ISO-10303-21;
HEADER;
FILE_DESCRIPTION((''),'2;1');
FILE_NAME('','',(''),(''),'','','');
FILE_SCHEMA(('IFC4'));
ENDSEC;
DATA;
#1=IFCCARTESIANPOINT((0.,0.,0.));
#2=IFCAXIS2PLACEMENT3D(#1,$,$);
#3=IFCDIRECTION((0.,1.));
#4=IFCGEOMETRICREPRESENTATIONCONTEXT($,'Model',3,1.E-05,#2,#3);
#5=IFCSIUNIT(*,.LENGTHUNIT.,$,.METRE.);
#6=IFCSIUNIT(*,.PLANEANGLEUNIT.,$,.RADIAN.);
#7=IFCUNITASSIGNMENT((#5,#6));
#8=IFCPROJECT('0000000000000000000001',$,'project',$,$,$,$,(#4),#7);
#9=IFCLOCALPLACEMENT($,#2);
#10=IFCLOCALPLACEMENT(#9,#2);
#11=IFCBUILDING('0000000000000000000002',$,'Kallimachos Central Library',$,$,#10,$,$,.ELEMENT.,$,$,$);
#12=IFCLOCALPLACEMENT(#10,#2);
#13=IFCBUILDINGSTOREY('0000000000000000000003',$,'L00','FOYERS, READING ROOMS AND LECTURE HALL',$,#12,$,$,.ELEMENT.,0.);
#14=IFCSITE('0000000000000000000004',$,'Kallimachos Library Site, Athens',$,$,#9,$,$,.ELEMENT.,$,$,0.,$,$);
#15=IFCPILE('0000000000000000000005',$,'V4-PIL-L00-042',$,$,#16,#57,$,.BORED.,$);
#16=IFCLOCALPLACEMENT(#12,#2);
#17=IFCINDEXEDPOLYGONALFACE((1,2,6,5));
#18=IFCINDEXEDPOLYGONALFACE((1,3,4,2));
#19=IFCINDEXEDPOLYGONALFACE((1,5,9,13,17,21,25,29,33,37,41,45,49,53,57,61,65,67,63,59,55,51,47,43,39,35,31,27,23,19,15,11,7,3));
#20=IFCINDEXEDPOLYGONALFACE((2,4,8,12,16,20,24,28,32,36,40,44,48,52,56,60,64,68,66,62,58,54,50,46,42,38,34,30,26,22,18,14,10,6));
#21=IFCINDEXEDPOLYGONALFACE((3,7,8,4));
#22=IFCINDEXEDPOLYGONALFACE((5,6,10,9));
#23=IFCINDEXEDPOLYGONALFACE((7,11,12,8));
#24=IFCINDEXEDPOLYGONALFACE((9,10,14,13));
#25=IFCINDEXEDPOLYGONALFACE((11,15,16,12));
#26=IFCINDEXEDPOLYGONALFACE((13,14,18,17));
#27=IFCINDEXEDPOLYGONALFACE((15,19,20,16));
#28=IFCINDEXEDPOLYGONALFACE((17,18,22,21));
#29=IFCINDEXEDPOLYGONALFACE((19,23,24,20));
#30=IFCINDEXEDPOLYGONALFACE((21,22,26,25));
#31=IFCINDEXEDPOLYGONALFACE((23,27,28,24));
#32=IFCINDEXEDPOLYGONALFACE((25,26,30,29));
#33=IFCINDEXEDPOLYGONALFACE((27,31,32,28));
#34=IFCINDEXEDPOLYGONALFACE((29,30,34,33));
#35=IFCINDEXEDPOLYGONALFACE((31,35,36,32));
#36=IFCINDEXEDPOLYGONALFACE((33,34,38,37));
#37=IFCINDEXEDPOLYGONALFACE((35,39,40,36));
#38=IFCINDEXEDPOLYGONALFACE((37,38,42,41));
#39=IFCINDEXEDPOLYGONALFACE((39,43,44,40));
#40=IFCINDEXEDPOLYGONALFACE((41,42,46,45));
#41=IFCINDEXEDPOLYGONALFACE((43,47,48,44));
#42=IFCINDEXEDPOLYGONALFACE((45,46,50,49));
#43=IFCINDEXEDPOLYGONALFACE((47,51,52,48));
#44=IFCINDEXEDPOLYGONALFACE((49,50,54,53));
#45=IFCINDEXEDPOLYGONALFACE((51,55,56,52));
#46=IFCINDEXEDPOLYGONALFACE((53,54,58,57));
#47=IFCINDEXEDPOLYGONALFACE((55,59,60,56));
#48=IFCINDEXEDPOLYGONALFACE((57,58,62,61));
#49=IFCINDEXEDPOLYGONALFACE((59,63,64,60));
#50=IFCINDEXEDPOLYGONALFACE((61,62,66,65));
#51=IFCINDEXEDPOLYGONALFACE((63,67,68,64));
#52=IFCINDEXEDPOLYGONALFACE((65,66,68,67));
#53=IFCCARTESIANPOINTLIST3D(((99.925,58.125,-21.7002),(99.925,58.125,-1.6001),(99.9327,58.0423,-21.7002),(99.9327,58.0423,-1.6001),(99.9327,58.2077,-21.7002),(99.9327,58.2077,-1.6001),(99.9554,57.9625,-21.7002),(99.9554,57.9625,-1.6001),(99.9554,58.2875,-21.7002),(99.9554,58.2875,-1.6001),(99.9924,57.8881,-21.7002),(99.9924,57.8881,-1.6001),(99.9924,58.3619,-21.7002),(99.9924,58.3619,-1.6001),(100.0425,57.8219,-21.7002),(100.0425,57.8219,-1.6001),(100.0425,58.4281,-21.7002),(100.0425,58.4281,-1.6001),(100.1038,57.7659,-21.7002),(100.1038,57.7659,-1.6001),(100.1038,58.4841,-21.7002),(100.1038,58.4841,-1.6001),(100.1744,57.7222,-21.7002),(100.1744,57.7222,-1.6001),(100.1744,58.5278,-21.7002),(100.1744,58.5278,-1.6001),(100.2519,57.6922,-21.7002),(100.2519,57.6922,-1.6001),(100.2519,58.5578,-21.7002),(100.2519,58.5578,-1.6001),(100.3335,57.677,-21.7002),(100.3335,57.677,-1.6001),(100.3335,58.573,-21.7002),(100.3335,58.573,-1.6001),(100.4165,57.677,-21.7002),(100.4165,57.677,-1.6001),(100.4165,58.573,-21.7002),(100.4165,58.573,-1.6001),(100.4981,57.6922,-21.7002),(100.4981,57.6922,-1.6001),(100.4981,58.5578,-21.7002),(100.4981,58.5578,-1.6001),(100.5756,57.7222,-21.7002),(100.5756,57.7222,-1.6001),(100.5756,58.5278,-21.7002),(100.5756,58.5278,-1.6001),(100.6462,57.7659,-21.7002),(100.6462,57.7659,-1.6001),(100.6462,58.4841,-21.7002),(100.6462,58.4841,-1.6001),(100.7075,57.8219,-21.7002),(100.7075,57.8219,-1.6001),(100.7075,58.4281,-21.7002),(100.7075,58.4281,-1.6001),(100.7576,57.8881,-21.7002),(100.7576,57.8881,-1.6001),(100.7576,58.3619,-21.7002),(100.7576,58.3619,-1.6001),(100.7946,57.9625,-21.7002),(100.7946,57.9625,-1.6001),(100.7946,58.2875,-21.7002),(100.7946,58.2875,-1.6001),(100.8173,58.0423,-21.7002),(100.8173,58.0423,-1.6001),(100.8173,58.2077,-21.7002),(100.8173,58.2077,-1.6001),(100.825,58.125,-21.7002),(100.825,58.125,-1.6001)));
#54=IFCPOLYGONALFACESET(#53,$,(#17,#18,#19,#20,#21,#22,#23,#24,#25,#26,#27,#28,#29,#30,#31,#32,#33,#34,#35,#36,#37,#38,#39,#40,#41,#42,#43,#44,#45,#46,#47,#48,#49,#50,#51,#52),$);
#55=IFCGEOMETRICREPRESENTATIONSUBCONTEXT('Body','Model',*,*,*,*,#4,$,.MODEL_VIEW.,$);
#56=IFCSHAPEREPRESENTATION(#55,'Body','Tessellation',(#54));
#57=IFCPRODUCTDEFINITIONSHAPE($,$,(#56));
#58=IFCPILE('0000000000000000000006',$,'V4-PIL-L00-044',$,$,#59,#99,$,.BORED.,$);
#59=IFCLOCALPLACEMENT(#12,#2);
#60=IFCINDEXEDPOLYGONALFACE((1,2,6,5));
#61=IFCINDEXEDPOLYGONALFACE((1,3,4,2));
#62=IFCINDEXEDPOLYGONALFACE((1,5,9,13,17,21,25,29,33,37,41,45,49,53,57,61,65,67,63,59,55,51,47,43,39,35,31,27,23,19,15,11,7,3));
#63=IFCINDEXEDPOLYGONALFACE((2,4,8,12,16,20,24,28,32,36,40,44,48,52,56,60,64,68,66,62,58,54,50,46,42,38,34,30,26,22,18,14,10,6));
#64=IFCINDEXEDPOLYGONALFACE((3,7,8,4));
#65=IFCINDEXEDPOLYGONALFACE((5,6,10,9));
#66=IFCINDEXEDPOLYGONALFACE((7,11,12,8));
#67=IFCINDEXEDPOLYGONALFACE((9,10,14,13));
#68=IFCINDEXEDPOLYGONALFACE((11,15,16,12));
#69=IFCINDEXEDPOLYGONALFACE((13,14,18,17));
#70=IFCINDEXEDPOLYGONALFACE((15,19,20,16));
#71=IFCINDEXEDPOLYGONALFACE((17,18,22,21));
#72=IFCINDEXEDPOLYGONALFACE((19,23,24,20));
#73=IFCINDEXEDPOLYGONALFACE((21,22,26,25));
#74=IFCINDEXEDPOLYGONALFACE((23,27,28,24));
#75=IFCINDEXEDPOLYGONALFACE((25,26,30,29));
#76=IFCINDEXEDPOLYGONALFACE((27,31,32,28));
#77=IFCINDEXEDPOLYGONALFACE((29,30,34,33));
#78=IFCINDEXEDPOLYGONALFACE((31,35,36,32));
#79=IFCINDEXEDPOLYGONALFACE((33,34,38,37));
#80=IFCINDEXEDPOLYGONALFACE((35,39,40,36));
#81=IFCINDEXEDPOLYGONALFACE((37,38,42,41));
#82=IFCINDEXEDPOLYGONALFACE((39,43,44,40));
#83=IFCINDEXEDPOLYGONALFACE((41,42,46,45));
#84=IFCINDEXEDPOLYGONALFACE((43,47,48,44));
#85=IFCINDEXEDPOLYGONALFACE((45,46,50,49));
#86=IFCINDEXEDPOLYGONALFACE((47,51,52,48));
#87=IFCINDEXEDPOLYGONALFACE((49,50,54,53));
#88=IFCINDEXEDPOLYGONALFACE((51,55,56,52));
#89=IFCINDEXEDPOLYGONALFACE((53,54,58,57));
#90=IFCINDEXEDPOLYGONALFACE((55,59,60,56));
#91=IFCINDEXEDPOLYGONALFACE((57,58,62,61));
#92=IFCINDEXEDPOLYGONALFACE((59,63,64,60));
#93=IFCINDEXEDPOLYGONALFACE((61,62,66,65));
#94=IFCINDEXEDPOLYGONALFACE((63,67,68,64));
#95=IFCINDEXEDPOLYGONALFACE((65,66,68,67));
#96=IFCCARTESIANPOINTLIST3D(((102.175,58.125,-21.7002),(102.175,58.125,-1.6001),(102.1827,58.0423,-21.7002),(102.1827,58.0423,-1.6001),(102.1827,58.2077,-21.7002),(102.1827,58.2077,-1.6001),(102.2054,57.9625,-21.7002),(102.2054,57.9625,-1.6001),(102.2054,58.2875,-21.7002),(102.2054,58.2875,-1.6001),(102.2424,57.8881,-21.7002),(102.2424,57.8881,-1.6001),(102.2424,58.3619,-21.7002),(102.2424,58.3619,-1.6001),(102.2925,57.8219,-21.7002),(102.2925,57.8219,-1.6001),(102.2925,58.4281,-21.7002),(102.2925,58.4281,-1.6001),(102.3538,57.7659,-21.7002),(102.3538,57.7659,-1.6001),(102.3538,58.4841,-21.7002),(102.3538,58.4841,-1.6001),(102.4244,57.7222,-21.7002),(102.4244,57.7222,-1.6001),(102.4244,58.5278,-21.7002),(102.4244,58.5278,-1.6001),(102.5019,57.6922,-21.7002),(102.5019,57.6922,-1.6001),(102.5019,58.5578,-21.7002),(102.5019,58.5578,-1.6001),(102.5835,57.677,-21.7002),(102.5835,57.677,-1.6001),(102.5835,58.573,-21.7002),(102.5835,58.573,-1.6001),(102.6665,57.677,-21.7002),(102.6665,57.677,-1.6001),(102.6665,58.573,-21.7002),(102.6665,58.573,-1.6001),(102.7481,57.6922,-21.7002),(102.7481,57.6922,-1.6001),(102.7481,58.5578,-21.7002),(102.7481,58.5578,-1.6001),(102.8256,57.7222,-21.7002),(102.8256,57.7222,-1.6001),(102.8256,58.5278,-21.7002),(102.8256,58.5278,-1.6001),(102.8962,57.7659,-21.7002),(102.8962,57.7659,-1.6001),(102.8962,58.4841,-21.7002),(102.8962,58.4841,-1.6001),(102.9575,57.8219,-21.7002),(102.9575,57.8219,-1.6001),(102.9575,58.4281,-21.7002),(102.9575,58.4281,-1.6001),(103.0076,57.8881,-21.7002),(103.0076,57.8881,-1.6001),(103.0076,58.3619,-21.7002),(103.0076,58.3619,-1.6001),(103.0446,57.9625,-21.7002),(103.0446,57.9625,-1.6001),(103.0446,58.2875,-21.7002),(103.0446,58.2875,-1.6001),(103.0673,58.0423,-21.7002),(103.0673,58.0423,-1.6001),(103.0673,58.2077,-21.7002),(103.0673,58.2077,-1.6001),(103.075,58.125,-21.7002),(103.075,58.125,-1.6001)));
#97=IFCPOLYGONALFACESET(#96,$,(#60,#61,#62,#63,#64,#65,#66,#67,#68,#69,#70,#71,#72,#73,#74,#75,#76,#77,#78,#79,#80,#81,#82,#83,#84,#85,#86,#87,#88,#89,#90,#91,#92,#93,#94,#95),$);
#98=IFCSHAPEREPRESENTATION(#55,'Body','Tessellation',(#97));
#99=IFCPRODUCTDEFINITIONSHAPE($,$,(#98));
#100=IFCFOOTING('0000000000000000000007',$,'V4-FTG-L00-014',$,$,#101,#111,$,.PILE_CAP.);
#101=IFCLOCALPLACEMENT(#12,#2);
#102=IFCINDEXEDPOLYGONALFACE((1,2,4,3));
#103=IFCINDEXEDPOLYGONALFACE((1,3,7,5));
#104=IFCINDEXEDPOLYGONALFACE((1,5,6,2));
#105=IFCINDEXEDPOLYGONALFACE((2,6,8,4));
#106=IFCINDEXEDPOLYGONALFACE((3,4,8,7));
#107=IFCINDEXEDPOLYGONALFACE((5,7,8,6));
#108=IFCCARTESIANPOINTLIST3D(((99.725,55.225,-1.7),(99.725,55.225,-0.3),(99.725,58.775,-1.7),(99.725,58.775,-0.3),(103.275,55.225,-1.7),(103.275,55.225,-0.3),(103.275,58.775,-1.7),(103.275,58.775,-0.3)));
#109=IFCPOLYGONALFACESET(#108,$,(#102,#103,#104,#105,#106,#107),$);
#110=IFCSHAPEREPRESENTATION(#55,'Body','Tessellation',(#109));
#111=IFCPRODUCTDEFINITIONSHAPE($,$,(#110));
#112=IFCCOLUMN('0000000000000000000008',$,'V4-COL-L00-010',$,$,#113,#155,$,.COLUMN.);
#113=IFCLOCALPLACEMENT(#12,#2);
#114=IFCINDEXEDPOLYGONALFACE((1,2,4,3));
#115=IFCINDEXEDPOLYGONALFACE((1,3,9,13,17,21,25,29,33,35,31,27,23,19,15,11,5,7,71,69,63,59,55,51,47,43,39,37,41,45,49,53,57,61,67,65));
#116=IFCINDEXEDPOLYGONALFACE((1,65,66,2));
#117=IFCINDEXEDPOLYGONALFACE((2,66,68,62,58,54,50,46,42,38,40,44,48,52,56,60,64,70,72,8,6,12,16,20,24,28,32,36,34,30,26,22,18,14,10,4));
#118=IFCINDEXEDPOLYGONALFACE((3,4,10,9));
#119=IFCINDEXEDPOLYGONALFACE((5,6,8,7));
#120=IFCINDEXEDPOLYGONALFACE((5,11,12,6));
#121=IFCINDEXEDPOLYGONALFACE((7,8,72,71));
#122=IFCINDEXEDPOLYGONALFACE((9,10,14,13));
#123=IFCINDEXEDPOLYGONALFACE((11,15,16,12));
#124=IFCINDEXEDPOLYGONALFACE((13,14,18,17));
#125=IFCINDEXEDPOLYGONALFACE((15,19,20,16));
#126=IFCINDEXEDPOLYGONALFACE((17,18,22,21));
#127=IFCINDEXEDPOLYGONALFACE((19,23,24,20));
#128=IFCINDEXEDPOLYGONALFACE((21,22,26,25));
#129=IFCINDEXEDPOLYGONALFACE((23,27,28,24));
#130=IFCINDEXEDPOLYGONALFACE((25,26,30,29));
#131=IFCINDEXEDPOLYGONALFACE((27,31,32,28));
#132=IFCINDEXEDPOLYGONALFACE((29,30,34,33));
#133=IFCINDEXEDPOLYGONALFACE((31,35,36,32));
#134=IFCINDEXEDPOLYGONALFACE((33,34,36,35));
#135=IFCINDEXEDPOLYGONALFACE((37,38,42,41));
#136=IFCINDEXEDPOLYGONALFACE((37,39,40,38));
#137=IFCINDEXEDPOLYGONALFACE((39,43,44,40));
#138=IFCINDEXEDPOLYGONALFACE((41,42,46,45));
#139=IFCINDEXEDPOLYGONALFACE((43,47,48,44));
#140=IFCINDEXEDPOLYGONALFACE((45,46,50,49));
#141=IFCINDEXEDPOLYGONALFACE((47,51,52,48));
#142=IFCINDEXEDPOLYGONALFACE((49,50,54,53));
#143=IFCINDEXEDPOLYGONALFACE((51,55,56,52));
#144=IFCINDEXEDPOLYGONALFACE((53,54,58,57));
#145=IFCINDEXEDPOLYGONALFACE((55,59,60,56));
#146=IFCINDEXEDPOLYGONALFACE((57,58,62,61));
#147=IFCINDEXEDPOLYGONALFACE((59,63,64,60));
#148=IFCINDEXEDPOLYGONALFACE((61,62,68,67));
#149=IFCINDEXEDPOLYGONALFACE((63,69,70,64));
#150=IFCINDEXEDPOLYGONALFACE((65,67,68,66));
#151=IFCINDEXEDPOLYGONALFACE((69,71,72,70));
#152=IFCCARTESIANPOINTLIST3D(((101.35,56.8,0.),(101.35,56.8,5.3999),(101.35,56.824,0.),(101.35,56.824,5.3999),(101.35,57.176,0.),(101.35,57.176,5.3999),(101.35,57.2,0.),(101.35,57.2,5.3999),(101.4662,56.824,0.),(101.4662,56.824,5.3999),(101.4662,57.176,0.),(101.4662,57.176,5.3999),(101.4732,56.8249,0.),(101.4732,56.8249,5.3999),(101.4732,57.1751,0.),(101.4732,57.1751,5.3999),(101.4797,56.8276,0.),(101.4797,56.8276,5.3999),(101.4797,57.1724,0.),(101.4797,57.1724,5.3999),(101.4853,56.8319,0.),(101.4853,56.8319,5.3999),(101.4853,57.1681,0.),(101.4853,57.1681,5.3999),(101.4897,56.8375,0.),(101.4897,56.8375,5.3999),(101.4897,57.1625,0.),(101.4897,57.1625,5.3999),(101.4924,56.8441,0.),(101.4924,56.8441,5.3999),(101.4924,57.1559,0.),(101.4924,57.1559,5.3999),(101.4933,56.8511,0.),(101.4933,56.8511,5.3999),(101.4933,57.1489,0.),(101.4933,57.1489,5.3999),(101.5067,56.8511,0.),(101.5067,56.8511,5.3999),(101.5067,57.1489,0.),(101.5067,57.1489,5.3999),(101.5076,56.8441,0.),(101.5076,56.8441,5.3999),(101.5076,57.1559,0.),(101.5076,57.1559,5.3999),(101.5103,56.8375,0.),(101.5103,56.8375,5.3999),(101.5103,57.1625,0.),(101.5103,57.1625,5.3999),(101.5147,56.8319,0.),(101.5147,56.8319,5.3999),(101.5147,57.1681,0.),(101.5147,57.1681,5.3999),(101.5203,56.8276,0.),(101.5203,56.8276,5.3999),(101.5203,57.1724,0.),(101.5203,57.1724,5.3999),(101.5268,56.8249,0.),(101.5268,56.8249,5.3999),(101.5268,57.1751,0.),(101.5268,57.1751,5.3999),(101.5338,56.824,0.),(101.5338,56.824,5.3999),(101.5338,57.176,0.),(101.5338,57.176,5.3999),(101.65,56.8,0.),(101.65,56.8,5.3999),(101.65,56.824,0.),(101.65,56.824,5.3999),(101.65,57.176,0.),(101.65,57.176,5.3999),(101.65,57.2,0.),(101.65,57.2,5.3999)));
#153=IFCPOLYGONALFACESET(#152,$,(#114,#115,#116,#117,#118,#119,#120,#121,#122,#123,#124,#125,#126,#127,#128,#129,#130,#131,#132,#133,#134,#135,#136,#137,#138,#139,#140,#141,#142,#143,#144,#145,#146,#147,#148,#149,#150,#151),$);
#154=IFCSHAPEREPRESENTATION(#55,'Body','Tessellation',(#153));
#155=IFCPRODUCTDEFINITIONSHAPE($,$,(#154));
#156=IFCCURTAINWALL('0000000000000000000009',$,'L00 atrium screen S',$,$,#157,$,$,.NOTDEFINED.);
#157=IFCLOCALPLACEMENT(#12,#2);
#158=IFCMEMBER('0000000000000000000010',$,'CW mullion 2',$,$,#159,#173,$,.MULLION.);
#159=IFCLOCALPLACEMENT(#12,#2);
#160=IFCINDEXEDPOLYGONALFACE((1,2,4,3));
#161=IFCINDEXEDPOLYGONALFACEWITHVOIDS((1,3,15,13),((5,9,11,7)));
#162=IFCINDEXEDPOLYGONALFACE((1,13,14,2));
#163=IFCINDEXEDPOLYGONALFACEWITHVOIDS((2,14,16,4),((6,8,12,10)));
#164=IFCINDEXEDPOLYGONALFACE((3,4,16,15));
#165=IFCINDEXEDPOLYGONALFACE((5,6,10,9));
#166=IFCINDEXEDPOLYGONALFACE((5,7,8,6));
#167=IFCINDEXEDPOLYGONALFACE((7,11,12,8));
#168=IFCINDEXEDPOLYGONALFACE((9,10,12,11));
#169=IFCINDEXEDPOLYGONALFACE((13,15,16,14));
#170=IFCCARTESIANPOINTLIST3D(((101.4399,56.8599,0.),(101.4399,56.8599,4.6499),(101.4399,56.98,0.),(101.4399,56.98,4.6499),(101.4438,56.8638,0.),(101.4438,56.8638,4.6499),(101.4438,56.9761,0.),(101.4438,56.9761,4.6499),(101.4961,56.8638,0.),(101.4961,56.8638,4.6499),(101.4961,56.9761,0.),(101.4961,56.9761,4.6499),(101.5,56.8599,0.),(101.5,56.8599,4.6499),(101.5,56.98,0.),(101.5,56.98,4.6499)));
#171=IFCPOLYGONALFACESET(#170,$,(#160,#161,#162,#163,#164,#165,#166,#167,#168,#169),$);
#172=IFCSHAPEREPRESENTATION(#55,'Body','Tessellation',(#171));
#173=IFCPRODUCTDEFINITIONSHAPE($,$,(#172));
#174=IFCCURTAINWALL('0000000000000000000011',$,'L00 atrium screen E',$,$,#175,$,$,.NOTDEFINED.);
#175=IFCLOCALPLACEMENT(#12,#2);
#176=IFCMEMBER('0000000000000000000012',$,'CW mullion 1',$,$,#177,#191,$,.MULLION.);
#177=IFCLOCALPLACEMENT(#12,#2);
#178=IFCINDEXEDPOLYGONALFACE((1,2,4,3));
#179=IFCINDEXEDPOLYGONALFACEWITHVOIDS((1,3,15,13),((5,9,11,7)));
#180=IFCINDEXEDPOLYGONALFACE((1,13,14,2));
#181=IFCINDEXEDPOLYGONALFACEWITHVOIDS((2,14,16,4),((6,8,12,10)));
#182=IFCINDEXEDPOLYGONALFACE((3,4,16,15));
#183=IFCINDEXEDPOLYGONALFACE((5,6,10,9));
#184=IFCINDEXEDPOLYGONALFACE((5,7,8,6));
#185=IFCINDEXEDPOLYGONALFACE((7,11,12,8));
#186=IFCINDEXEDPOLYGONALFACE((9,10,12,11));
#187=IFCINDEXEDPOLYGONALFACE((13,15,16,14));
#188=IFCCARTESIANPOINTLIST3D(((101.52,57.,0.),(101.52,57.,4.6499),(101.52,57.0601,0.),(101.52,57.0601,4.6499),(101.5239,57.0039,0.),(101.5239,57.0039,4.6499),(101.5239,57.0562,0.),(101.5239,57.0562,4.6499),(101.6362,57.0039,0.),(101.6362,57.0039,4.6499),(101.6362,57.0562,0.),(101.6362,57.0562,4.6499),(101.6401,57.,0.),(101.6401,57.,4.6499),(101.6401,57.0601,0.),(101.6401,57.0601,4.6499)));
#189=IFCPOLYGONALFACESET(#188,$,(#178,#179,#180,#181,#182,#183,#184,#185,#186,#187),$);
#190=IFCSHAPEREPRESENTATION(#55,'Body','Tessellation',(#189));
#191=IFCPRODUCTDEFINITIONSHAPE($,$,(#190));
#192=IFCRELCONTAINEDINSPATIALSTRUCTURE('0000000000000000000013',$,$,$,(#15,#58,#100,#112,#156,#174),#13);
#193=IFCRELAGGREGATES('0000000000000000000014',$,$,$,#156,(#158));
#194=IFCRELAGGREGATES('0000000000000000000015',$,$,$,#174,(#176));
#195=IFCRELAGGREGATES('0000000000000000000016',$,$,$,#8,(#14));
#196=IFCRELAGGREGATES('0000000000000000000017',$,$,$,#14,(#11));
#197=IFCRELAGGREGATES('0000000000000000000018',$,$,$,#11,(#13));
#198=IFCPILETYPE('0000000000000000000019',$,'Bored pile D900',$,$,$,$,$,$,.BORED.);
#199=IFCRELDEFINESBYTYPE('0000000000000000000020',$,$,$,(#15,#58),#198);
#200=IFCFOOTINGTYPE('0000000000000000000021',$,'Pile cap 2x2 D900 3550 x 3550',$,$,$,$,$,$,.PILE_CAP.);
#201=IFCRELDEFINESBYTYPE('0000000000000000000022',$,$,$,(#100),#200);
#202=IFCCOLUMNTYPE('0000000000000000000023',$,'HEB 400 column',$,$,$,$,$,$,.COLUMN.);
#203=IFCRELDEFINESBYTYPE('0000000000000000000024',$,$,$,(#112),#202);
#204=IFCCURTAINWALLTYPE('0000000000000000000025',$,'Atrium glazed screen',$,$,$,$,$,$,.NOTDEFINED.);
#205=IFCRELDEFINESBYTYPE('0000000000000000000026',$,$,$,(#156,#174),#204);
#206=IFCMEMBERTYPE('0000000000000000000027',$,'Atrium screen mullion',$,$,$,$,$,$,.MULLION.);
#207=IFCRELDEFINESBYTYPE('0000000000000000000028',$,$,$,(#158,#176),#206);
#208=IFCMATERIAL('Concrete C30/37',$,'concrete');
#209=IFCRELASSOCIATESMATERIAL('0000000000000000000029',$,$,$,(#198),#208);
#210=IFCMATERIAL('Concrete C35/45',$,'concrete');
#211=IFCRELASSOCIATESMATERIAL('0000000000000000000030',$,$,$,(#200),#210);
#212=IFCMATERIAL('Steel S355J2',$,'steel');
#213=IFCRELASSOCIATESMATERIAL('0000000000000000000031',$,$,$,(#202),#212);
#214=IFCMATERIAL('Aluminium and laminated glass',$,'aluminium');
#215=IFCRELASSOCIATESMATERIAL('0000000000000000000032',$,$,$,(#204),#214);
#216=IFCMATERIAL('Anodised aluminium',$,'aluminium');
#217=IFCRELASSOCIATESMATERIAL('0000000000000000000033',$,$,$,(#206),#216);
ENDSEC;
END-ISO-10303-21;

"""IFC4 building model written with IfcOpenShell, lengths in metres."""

from ifc_helpers import new_model, si_unit, direction, frame, origin, origin_2d, place, context, subcontext, project, spatial, rectangle, hollow_rectangle, circle, i_section, extrude, material, material_profile, profile_set, type_object, element, aggregate, save


model = new_model("IFC4")

# Units and contexts
model_context = context("Model", 3, precision=1e-05, world=origin(), true_north=direction((0.0, 1.0)))
body_context = subcontext(model_context, "Body", "Model", "MODEL_VIEW")
ifc_project = project(units=[si_unit("LENGTHUNIT", "METRE"), si_unit("PLANEANGLEUNIT", "RADIAN")], contexts=[model_context])

# Site, building, storey
site_placement = place(None, origin())
site = spatial("IfcSite", under=ifc_project, at=site_placement, Name="Kallimachos Library Site, Athens", CompositionType="ELEMENT", RefElevation=0.0)
building_placement = place(site_placement, origin())
building = spatial("IfcBuilding", under=site, at=building_placement, Name="Kallimachos Central Library", CompositionType="ELEMENT")
storey_placement = place(building_placement, origin())
storey = spatial("IfcBuildingStorey", under=building, at=storey_placement, Name="L00", Description="FOYERS, READING ROOMS AND LECTURE HALL", CompositionType="ELEMENT", Elevation=0.0)

# Piles
ifc_material_1 = material(Name="Concrete C30/37", Category="concrete")
pile_type = type_object("IfcPileType", Name="Bored pile D900", PredefinedType="BORED", material=ifc_material_1)
for number, where, z_axis, x_axis, name in (
    (1, (100.375, 58.125, -1.6001), (0.0, 0.0, -1.0), (1.0, 0.0, 0.0), "V4-PIL-L00-042"),
    (2, (102.625, 58.125, -1.6001), (0.0, 0.0, -1.0), (1.0, 0.0, 0.0), "V4-PIL-L00-044"),
):
    element("IfcPile", number, at=place(storey_placement, frame(where, z_axis=z_axis, x_axis=x_axis)), inside=storey, type_object=pile_type, Name=name, PredefinedType="BORED", context=body_context, shape_type="SweptSolid", body=[
        extrude(circle(Radius=0.45, at=origin_2d()), origin(), (0.0, 0.0, 1.0), 20.1001),
    ])

# Footing
ifc_material_2 = material(Name="Concrete C35/45", Category="concrete")
footing_type = type_object("IfcFootingType", Name="Pile cap 2x2 D900 3550 x 3550", PredefinedType="PILE_CAP", material=ifc_material_2)
footing_placement = place(storey_placement, frame((101.5, 57.0, -1.7), z_axis=(0.0, 0.0, 1.0), x_axis=(1.0, 0.0, 0.0)))
element("IfcFooting", 3, at=footing_placement, inside=storey, type_object=footing_type, Name="V4-FTG-L00-014", PredefinedType="PILE_CAP", context=body_context, shape_type="SweptSolid", body=[
    extrude(rectangle(XDim=3.55, YDim=3.55, at=origin_2d()), origin(), (0.0, 0.0, 1.0), 1.3999),
])

# Column
ifc_material_3 = material(Name="Steel S355J2", Category="steel")
ifc_material_profile_1 = material_profile(ifc_material_3, i_section(OverallWidth=0.3, OverallDepth=0.3999, WebThickness=0.0134, FlangeThickness=0.0239, FilletRadius=0.0271, at=origin_2d()), Name="HEB 400")
ifc_profile_set_1 = profile_set([ifc_material_profile_1], Name="Steel S355J2")
column_type = type_object("IfcColumnType", Name="HEB 400 column", PredefinedType="COLUMN", material=ifc_profile_set_1)
column_placement = place(storey_placement, frame((101.5, 57.0, 0.0), z_axis=(0.0, 0.0, 1.0), x_axis=(1.0, 0.0, 0.0)))
element("IfcColumn", 4, at=column_placement, inside=storey, type_object=column_type, Name="V4-COL-L00-010", PredefinedType="COLUMN", context=body_context, shape_type="SweptSolid", body=[
    extrude(i_section(OverallWidth=0.3, OverallDepth=0.3999, WebThickness=0.0134, FlangeThickness=0.0239, FilletRadius=0.0271, at=origin_2d()), origin(), (0.0, 0.0, 1.0), 5.3999),
])

# Curtain walls, members
ifc_material_4 = material(Name="Aluminium and laminated glass", Category="aluminium")
curtain_wall_type = type_object("IfcCurtainWallType", Name="Atrium glazed screen", PredefinedType="NOTDEFINED", material=ifc_material_4)
curtain_wall_1_placement = place(storey_placement, origin())
curtain_wall_1 = element("IfcCurtainWall", 5, at=curtain_wall_1_placement, inside=storey, type_object=curtain_wall_type, Name="L00 atrium screen S", PredefinedType="NOTDEFINED")
ifc_material_5 = material(Name="Anodised aluminium", Category="aluminium")
ifc_material_profile_2 = material_profile(ifc_material_5, hollow_rectangle(XDim=0.0601, YDim=0.1201, WallThickness=0.0039, at=origin_2d()), Name="ALU MULLION 60x120")
ifc_profile_set_2 = profile_set([ifc_material_profile_2], Name="Anodised aluminium")
member_type_1 = type_object("IfcMemberType", Name="Atrium screen mullion", PredefinedType="MULLION", material=ifc_profile_set_2)
member_1_placement = place(storey_placement, frame((101.47, 56.9199, 0.0), z_axis=(0.0, 0.0, 1.0), x_axis=(1.0, 0.0, 0.0)))
member_1 = element("IfcMember", 6, at=member_1_placement, type_object=member_type_1, Name="CW mullion 2", PredefinedType="MULLION", context=body_context, shape_type="SweptSolid", body=[
    extrude(hollow_rectangle(XDim=0.0601, YDim=0.1201, WallThickness=0.0039, at=origin_2d()), origin(), (0.0, 0.0, 1.0), 4.6499),
])
curtain_wall_2_placement = place(storey_placement, origin())
curtain_wall_2 = element("IfcCurtainWall", 7, at=curtain_wall_2_placement, inside=storey, type_object=curtain_wall_type, Name="L00 atrium screen E", PredefinedType="NOTDEFINED")
member_2_placement = place(storey_placement, frame((101.5801, 57.03, 0.0), z_axis=(0.0, 0.0, 1.0), x_axis=(0.0, 1.0, 0.0)))
member_2 = element("IfcMember", 8, at=member_2_placement, type_object=member_type_1, Name="CW mullion 1", PredefinedType="MULLION", context=body_context, shape_type="SweptSolid", body=[
    extrude(hollow_rectangle(XDim=0.0601, YDim=0.1201, WallThickness=0.0039, at=origin_2d()), origin(), (0.0, 0.0, 1.0), 4.6499),
])

aggregate(curtain_wall_1, [member_1])
aggregate(curtain_wall_2, [member_2])

save(model, "model.ifc")
